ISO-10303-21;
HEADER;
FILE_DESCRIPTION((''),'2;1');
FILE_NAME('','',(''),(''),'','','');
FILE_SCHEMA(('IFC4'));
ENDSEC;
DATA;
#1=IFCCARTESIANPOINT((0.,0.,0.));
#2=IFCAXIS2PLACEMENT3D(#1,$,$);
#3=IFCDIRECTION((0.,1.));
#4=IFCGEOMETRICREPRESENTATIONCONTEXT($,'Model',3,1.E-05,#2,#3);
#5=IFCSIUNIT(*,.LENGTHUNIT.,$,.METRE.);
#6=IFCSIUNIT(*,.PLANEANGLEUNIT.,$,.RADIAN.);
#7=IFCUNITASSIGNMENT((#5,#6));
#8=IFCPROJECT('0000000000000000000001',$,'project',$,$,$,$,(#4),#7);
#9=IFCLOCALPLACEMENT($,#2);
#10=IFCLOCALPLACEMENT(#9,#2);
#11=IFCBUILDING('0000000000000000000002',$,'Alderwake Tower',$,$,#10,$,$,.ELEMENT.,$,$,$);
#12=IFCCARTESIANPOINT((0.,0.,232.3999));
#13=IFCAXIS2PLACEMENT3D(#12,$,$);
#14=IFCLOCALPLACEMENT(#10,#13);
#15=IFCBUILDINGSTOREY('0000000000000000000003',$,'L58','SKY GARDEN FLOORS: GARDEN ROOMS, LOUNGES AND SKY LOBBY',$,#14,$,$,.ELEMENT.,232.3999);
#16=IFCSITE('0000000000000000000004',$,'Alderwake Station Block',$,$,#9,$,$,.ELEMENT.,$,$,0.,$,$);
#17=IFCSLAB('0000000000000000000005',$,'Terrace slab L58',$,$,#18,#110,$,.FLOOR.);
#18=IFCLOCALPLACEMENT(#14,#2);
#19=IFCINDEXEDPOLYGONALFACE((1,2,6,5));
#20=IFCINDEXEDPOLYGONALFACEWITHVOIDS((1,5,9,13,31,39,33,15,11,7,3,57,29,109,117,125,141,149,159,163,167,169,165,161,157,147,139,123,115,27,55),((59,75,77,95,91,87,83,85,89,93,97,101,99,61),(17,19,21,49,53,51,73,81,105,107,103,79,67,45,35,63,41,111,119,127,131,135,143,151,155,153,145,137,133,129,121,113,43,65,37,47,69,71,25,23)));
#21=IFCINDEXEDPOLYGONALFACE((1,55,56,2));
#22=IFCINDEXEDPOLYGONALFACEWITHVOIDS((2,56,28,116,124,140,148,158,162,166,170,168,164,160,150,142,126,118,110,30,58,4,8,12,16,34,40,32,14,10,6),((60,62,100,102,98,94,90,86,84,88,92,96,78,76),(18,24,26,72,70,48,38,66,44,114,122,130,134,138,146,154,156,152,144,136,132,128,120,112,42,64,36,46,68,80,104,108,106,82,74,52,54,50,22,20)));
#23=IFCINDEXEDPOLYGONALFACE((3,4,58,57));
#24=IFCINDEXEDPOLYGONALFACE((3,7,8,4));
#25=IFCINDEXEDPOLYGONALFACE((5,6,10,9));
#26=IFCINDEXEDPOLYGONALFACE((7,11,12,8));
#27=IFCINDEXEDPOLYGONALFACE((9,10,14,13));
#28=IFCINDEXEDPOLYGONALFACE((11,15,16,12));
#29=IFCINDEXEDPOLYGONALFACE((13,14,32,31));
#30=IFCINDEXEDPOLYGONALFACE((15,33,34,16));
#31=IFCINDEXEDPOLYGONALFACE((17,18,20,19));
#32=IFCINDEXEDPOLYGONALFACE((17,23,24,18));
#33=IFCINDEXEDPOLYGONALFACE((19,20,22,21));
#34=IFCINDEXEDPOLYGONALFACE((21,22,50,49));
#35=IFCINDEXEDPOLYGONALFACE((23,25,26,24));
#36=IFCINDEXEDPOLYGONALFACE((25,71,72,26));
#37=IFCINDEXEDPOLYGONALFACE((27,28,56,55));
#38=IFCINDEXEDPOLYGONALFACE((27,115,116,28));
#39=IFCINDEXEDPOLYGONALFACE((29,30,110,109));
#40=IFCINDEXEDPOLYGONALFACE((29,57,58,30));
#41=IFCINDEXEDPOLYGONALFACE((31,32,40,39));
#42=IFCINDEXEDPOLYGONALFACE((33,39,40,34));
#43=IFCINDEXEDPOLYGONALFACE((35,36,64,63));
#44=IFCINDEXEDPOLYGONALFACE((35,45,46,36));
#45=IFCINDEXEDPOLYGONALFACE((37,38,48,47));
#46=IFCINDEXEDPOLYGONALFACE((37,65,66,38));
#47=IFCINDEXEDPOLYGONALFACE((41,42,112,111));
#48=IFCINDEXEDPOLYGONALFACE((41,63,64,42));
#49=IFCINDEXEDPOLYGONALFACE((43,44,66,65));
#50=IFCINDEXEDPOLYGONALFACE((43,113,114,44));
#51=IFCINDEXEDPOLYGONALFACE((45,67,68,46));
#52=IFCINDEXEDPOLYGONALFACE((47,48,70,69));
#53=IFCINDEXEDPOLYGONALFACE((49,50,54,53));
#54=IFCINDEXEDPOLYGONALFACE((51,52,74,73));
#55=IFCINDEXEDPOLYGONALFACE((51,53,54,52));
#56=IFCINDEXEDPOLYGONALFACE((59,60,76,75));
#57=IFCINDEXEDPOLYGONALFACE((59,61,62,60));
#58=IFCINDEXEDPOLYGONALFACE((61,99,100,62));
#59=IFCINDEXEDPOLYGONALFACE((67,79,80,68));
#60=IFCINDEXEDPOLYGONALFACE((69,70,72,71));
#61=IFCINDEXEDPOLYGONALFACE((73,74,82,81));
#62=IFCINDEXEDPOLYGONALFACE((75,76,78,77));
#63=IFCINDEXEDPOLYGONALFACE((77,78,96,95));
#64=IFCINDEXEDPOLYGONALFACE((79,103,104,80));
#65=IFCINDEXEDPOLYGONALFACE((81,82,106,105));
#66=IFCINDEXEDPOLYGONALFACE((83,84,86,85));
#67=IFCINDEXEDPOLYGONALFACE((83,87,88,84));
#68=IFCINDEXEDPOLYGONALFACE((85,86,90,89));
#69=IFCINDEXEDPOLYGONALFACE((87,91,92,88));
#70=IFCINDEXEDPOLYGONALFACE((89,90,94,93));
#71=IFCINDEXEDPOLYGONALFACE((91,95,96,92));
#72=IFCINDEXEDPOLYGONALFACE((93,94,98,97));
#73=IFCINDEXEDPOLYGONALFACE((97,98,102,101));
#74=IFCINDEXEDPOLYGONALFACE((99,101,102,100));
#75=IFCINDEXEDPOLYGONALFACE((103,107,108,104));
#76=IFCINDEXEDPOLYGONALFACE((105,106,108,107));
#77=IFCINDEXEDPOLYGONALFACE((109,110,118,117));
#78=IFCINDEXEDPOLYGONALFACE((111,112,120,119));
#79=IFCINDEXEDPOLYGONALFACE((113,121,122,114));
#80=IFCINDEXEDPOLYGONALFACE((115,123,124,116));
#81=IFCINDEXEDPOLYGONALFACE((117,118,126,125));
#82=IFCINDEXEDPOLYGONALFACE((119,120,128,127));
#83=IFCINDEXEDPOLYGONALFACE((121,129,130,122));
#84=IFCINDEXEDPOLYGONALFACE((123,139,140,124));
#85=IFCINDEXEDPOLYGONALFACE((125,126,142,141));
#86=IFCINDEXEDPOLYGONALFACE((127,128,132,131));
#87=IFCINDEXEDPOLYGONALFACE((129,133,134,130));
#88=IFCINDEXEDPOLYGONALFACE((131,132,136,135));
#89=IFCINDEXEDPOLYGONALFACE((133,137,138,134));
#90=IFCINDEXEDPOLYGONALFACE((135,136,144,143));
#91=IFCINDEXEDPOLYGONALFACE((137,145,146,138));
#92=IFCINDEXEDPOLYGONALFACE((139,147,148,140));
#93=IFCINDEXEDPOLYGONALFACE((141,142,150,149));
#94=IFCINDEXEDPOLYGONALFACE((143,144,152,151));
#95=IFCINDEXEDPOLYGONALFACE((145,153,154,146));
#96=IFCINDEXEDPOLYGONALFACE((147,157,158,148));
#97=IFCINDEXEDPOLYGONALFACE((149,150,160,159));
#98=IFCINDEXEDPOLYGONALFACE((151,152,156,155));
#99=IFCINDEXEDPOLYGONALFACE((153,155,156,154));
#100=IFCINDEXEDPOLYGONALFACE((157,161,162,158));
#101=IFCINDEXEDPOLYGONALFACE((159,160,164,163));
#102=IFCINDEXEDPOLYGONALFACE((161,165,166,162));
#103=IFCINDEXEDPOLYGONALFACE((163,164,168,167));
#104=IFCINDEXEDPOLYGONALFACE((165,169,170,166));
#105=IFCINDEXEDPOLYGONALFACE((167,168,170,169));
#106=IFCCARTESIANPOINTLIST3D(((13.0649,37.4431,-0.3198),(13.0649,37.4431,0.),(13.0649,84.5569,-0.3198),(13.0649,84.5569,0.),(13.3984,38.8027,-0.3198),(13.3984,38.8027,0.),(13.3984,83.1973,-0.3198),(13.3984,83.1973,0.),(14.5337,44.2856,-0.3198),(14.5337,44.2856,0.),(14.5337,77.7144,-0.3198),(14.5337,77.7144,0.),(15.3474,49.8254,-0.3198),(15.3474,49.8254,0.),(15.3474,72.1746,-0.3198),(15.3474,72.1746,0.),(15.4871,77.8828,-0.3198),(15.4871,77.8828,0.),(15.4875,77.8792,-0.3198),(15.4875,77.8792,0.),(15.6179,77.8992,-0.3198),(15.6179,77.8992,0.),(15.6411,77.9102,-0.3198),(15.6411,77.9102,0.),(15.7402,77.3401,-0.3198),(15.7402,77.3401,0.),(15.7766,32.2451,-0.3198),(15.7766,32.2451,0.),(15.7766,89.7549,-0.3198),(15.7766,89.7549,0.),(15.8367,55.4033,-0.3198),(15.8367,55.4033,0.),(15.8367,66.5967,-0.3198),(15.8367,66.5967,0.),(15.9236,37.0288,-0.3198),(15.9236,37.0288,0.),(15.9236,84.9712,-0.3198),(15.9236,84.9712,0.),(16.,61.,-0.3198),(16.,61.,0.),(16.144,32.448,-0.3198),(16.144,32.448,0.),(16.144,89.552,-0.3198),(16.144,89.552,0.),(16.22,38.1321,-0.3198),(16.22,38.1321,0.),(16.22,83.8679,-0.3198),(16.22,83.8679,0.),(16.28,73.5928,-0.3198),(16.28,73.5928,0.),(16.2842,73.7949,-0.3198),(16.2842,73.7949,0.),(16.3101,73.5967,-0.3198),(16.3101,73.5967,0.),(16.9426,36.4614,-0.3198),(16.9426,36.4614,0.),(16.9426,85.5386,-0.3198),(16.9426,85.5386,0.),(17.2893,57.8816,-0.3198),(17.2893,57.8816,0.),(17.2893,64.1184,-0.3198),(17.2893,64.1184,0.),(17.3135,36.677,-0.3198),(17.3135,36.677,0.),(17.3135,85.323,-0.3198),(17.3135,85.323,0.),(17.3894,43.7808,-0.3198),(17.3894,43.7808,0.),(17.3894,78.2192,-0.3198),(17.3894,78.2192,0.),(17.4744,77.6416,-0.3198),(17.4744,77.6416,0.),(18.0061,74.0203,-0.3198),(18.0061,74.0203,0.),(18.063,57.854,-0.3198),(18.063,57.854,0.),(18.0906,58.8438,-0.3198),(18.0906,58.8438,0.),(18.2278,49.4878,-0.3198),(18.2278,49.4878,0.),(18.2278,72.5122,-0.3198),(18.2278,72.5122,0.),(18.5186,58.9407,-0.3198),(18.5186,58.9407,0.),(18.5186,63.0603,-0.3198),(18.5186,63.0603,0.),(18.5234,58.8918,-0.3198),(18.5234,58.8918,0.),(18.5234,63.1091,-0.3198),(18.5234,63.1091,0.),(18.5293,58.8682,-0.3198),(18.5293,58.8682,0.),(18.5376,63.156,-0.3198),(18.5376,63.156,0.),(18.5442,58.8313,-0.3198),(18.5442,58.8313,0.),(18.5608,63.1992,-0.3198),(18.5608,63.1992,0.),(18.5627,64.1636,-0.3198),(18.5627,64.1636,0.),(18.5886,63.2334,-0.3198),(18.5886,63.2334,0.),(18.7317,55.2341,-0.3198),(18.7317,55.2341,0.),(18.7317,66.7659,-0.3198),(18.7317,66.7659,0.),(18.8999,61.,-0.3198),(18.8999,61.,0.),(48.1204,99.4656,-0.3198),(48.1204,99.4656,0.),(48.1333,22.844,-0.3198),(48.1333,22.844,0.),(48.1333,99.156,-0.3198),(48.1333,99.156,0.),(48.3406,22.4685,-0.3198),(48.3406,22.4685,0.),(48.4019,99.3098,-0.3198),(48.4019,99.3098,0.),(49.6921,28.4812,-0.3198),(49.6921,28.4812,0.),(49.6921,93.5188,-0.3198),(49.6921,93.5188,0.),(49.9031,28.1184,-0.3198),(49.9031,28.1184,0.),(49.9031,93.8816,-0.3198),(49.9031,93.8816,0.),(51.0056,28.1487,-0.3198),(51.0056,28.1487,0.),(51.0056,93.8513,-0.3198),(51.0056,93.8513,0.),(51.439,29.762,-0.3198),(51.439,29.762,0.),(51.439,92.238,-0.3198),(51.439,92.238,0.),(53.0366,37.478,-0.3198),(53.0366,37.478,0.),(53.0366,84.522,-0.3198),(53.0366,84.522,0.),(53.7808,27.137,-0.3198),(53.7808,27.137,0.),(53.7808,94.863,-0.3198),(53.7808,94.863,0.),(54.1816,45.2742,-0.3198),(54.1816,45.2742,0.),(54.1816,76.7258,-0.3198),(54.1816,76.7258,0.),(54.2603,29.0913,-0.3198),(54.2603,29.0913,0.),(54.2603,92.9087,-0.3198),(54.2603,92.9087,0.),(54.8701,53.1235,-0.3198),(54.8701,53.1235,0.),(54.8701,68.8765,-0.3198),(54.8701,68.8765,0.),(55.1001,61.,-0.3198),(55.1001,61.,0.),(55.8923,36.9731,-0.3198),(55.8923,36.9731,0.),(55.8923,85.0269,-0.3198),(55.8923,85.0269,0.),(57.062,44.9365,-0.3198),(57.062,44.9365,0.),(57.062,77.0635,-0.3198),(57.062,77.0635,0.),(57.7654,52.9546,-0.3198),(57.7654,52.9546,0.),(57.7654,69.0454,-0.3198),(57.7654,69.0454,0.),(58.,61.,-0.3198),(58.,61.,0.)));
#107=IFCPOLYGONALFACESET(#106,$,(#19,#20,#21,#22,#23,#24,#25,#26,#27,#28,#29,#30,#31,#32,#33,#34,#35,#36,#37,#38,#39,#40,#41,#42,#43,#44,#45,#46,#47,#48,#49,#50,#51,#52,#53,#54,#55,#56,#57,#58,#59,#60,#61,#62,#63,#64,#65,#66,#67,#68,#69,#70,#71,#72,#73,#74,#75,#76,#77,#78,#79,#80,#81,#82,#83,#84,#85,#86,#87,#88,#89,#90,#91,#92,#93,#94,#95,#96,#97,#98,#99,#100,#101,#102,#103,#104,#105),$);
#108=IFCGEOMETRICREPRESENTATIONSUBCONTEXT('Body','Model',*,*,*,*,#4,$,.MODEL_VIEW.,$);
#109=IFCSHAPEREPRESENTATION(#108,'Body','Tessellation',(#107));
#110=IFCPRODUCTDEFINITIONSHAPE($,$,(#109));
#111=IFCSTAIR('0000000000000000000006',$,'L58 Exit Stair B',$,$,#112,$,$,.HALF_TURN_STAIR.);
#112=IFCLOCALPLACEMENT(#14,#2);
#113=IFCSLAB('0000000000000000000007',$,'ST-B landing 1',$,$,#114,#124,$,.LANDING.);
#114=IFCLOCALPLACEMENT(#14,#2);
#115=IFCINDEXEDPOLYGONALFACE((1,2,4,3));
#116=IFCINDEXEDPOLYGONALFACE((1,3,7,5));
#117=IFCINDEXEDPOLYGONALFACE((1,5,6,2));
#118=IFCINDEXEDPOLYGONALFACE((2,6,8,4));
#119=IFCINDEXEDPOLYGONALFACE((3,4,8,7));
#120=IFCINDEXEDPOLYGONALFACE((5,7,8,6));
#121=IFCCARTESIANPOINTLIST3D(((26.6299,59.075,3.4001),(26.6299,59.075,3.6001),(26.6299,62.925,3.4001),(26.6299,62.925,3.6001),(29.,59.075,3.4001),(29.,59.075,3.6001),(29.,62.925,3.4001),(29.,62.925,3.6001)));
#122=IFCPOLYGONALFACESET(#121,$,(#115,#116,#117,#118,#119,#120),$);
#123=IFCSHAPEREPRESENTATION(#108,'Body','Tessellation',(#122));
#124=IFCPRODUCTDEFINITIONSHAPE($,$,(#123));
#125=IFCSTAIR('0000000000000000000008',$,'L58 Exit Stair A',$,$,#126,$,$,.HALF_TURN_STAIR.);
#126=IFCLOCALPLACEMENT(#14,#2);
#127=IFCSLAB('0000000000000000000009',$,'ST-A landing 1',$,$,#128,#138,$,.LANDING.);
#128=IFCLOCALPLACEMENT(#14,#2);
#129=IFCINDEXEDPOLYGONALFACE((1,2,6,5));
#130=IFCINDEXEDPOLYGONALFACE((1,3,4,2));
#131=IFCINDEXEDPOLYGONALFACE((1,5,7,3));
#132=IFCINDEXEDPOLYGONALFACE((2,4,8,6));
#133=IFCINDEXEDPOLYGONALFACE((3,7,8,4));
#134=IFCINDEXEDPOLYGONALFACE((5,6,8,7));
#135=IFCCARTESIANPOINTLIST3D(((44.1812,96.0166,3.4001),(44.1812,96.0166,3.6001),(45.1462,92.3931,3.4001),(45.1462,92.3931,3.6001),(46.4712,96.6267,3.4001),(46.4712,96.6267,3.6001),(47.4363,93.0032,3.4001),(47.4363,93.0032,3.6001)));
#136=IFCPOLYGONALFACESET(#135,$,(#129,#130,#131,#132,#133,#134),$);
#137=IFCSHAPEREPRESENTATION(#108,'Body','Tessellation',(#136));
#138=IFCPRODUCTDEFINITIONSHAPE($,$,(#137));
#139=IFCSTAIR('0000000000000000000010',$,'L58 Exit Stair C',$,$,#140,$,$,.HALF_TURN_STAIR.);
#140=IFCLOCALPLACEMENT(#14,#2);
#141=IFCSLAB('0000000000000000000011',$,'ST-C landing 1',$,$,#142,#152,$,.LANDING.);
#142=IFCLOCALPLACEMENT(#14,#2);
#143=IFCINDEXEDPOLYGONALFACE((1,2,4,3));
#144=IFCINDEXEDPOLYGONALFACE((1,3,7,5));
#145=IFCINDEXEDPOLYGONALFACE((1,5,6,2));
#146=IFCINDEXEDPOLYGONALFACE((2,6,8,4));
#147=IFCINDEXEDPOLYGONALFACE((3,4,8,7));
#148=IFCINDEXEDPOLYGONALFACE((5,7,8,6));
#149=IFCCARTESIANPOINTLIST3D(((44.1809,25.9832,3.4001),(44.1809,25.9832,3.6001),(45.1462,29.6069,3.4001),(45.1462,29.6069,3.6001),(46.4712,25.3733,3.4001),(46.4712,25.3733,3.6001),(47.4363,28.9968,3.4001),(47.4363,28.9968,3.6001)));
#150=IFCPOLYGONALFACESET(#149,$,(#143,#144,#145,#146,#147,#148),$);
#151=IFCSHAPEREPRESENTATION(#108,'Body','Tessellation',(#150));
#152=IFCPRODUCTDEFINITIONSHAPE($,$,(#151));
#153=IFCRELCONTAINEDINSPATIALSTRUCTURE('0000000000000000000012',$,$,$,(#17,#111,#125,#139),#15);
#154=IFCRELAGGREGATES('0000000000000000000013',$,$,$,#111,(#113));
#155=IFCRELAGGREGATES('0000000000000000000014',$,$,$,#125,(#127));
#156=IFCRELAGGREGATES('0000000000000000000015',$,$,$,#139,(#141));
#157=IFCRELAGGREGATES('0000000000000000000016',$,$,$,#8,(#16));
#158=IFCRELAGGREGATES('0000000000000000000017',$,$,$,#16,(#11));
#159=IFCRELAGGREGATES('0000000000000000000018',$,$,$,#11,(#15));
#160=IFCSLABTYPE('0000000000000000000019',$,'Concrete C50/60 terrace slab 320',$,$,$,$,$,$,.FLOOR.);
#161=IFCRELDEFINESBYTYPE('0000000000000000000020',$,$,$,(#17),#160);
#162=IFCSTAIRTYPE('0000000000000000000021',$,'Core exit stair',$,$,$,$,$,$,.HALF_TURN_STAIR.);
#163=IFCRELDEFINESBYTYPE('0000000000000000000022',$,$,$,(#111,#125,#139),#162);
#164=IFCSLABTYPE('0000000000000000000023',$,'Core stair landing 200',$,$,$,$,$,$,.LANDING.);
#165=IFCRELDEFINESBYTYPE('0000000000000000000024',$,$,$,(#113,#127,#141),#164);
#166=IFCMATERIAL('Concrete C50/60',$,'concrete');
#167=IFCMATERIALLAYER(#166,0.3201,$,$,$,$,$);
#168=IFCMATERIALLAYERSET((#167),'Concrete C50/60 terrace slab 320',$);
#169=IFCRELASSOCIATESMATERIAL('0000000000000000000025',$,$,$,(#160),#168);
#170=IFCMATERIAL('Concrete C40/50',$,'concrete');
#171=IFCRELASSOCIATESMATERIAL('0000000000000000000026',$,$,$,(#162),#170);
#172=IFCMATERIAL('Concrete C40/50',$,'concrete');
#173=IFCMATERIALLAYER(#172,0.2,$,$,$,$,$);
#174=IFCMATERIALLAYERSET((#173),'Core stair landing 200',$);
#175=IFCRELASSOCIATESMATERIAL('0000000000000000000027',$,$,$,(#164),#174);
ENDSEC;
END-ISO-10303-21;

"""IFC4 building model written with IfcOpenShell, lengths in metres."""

from ifc_helpers import new_model, si_unit, direction, frame, origin, place, context, subcontext, project, spatial, polyline, outline, extrude, material, layer, layer_set, type_object, element, aggregate, save


model = new_model("IFC4")

# Units and contexts
model_context = context("Model", 3, precision=1e-05, world=origin(), true_north=direction((0.0, 1.0)))
body_context = subcontext(model_context, "Body", "Model", "MODEL_VIEW")
ifc_project = project(units=[si_unit("LENGTHUNIT", "METRE"), si_unit("PLANEANGLEUNIT", "RADIAN")], contexts=[model_context])

# Site, building, storey
site_placement = place(None, origin())
site = spatial("IfcSite", under=ifc_project, at=site_placement, Name="Alderwake Station Block", CompositionType="ELEMENT", RefElevation=0.0)
building_placement = place(site_placement, origin())
building = spatial("IfcBuilding", under=site, at=building_placement, Name="Alderwake Tower", CompositionType="ELEMENT")
storey_placement = place(building_placement, frame((0.0, 0.0, 232.3999)))
storey = spatial("IfcBuildingStorey", under=building, at=storey_placement, Name="L58", Description="SKY GARDEN FLOORS: GARDEN ROOMS, LOUNGES AND SKY LOBBY", CompositionType="ELEMENT", Elevation=232.3999)

# Slab
ifc_material_1 = material(Name="Concrete C50/60", Category="concrete")
ifc_layer_1 = layer(ifc_material_1, 0.3201)
ifc_layer_set_1 = layer_set([ifc_layer_1], Name="Concrete C50/60 terrace slab 320")
slab_type_1 = type_object("IfcSlabType", Name="Concrete C50/60 terrace slab 320", PredefinedType="FLOOR", material=ifc_layer_set_1)
slab_1_placement = place(storey_placement, frame((0.0, 0.0, -0.3198)))
element("IfcSlab", 1, at=slab_1_placement, inside=storey, type_object=slab_type_1, Name="Terrace slab L58", PredefinedType="FLOOR", context=body_context, shape_type="SweptSolid", body=[
    extrude(outline(polyline([(13.3984, 38.8027), (14.5337, 44.2856), (15.3474, 49.8254), (15.8367, 55.4033), (16.0, 61.0), (15.8367, 66.5967), (15.3474, 72.1746), (14.5337, 77.7144), (13.3984, 83.1973), (13.0649, 84.5569), (16.9426, 85.5386), (15.7766, 89.7549), (48.1204, 99.4656), (48.4019, 99.3098), (49.9031, 93.8816), (53.7808, 94.863), (54.2603, 92.9087), (55.8923, 85.0269), (57.062, 77.0635), (57.7654, 69.0454), (58.0, 61.0), (57.7654, 52.9546), (57.062, 44.9365), (55.8923, 36.9731), (54.2603, 29.0913), (53.7808, 27.137), (49.9031, 28.1184), (48.3406, 22.4685), (15.7766, 32.2451), (16.9426, 36.4614), (13.0649, 37.4431), (13.3984, 38.8027)]), holes=[polyline([(49.6921, 28.4812), (51.0056, 28.1487), (51.439, 29.762), (53.0366, 37.478), (54.1816, 45.2742), (54.8701, 53.1235), (55.1001, 61.0), (54.8701, 68.8765), (54.1816, 76.7258), (53.0366, 84.522), (51.439, 92.238), (51.0056, 93.8513), (49.6921, 93.5188), (48.1333, 99.156), (16.144, 89.552), (17.3135, 85.323), (15.9236, 84.9712), (16.22, 83.8679), (17.3894, 78.2192), (17.4744, 77.6416), (15.7402, 77.3401), (15.6411, 77.9102), (15.4871, 77.8828), (15.4875, 77.8792), (15.6179, 77.8992), (16.28, 73.5928), (16.3101, 73.5967), (16.2842, 73.7949), (18.0061, 74.0203), (18.2278, 72.5122), (18.7317, 66.7659), (18.8999, 61.0), (18.7317, 55.2341), (18.2278, 49.4878), (17.3894, 43.7808), (16.22, 38.1321), (15.9236, 37.0288), (17.3135, 36.677), (16.144, 32.448), (48.1333, 22.844), (49.6921, 28.4812)]), polyline([(17.2893, 64.1184), (17.2893, 57.8816), (18.063, 57.854), (18.0906, 58.8438), (18.5442, 58.8313), (18.5293, 58.8682), (18.5234, 58.8918), (18.5186, 58.9407), (18.5186, 63.0603), (18.5234, 63.1091), (18.5376, 63.156), (18.5608, 63.1992), (18.5886, 63.2334), (18.5627, 64.1636), (17.2893, 64.1184)])]), origin(), (0.0, 0.0, 1.0), 0.3198),
])

# Stairs, slabs
ifc_material_2 = material(Name="Concrete C40/50", Category="concrete")
stair_type = type_object("IfcStairType", Name="Core exit stair", PredefinedType="HALF_TURN_STAIR", material=ifc_material_2)
stair_1_placement = place(storey_placement, origin())
stair_1 = element("IfcStair", 2, at=stair_1_placement, inside=storey, type_object=stair_type, Name="L58 Exit Stair B", PredefinedType="HALF_TURN_STAIR")
ifc_material_3 = material(Name="Concrete C40/50", Category="concrete")
ifc_layer_2 = layer(ifc_material_3, 0.2)
ifc_layer_set_2 = layer_set([ifc_layer_2], Name="Core stair landing 200")
slab_type_2 = type_object("IfcSlabType", Name="Core stair landing 200", PredefinedType="LANDING", material=ifc_layer_set_2)
slab_2_placement = place(storey_placement, frame((0.0, 0.0, 3.4001)))
slab_2 = element("IfcSlab", 3, at=slab_2_placement, type_object=slab_type_2, Name="ST-B landing 1", PredefinedType="LANDING", context=body_context, shape_type="SweptSolid", body=[
    extrude(outline(polyline([(26.6299, 59.075), (29.0, 59.075), (29.0, 62.925), (26.6299, 62.925), (26.6299, 59.075)])), origin(), (0.0, 0.0, 1.0), 0.2),
])
aggregate(stair_1, [slab_2])
stair_2_placement = place(storey_placement, origin())
stair_2 = element("IfcStair", 4, at=stair_2_placement, inside=storey, type_object=stair_type, Name="L58 Exit Stair A", PredefinedType="HALF_TURN_STAIR")
slab_3_placement = place(storey_placement, frame((0.0, 0.0, 3.4001)))
slab_3 = element("IfcSlab", 5, at=slab_3_placement, type_object=slab_type_2, Name="ST-A landing 1", PredefinedType="LANDING", context=body_context, shape_type="SweptSolid", body=[
    extrude(outline(polyline([(45.1462, 92.3931), (47.4363, 93.0032), (46.4712, 96.6267), (44.1812, 96.0166), (45.1462, 92.3931)])), origin(), (0.0, 0.0, 1.0), 0.2),
])
aggregate(stair_2, [slab_3])
stair_3_placement = place(storey_placement, origin())
stair_3 = element("IfcStair", 6, at=stair_3_placement, inside=storey, type_object=stair_type, Name="L58 Exit Stair C", PredefinedType="HALF_TURN_STAIR")
slab_4_placement = place(storey_placement, frame((0.0, 0.0, 3.4001)))
slab_4 = element("IfcSlab", 7, at=slab_4_placement, type_object=slab_type_2, Name="ST-C landing 1", PredefinedType="LANDING", context=body_context, shape_type="SweptSolid", body=[
    extrude(outline(polyline([(44.1809, 25.9832), (46.4712, 25.3733), (47.4363, 28.9968), (45.1462, 29.6069), (44.1809, 25.9832)])), origin(), (0.0, 0.0, 1.0), 0.2),
])
aggregate(stair_3, [slab_4])

save(model, "model.ifc")
